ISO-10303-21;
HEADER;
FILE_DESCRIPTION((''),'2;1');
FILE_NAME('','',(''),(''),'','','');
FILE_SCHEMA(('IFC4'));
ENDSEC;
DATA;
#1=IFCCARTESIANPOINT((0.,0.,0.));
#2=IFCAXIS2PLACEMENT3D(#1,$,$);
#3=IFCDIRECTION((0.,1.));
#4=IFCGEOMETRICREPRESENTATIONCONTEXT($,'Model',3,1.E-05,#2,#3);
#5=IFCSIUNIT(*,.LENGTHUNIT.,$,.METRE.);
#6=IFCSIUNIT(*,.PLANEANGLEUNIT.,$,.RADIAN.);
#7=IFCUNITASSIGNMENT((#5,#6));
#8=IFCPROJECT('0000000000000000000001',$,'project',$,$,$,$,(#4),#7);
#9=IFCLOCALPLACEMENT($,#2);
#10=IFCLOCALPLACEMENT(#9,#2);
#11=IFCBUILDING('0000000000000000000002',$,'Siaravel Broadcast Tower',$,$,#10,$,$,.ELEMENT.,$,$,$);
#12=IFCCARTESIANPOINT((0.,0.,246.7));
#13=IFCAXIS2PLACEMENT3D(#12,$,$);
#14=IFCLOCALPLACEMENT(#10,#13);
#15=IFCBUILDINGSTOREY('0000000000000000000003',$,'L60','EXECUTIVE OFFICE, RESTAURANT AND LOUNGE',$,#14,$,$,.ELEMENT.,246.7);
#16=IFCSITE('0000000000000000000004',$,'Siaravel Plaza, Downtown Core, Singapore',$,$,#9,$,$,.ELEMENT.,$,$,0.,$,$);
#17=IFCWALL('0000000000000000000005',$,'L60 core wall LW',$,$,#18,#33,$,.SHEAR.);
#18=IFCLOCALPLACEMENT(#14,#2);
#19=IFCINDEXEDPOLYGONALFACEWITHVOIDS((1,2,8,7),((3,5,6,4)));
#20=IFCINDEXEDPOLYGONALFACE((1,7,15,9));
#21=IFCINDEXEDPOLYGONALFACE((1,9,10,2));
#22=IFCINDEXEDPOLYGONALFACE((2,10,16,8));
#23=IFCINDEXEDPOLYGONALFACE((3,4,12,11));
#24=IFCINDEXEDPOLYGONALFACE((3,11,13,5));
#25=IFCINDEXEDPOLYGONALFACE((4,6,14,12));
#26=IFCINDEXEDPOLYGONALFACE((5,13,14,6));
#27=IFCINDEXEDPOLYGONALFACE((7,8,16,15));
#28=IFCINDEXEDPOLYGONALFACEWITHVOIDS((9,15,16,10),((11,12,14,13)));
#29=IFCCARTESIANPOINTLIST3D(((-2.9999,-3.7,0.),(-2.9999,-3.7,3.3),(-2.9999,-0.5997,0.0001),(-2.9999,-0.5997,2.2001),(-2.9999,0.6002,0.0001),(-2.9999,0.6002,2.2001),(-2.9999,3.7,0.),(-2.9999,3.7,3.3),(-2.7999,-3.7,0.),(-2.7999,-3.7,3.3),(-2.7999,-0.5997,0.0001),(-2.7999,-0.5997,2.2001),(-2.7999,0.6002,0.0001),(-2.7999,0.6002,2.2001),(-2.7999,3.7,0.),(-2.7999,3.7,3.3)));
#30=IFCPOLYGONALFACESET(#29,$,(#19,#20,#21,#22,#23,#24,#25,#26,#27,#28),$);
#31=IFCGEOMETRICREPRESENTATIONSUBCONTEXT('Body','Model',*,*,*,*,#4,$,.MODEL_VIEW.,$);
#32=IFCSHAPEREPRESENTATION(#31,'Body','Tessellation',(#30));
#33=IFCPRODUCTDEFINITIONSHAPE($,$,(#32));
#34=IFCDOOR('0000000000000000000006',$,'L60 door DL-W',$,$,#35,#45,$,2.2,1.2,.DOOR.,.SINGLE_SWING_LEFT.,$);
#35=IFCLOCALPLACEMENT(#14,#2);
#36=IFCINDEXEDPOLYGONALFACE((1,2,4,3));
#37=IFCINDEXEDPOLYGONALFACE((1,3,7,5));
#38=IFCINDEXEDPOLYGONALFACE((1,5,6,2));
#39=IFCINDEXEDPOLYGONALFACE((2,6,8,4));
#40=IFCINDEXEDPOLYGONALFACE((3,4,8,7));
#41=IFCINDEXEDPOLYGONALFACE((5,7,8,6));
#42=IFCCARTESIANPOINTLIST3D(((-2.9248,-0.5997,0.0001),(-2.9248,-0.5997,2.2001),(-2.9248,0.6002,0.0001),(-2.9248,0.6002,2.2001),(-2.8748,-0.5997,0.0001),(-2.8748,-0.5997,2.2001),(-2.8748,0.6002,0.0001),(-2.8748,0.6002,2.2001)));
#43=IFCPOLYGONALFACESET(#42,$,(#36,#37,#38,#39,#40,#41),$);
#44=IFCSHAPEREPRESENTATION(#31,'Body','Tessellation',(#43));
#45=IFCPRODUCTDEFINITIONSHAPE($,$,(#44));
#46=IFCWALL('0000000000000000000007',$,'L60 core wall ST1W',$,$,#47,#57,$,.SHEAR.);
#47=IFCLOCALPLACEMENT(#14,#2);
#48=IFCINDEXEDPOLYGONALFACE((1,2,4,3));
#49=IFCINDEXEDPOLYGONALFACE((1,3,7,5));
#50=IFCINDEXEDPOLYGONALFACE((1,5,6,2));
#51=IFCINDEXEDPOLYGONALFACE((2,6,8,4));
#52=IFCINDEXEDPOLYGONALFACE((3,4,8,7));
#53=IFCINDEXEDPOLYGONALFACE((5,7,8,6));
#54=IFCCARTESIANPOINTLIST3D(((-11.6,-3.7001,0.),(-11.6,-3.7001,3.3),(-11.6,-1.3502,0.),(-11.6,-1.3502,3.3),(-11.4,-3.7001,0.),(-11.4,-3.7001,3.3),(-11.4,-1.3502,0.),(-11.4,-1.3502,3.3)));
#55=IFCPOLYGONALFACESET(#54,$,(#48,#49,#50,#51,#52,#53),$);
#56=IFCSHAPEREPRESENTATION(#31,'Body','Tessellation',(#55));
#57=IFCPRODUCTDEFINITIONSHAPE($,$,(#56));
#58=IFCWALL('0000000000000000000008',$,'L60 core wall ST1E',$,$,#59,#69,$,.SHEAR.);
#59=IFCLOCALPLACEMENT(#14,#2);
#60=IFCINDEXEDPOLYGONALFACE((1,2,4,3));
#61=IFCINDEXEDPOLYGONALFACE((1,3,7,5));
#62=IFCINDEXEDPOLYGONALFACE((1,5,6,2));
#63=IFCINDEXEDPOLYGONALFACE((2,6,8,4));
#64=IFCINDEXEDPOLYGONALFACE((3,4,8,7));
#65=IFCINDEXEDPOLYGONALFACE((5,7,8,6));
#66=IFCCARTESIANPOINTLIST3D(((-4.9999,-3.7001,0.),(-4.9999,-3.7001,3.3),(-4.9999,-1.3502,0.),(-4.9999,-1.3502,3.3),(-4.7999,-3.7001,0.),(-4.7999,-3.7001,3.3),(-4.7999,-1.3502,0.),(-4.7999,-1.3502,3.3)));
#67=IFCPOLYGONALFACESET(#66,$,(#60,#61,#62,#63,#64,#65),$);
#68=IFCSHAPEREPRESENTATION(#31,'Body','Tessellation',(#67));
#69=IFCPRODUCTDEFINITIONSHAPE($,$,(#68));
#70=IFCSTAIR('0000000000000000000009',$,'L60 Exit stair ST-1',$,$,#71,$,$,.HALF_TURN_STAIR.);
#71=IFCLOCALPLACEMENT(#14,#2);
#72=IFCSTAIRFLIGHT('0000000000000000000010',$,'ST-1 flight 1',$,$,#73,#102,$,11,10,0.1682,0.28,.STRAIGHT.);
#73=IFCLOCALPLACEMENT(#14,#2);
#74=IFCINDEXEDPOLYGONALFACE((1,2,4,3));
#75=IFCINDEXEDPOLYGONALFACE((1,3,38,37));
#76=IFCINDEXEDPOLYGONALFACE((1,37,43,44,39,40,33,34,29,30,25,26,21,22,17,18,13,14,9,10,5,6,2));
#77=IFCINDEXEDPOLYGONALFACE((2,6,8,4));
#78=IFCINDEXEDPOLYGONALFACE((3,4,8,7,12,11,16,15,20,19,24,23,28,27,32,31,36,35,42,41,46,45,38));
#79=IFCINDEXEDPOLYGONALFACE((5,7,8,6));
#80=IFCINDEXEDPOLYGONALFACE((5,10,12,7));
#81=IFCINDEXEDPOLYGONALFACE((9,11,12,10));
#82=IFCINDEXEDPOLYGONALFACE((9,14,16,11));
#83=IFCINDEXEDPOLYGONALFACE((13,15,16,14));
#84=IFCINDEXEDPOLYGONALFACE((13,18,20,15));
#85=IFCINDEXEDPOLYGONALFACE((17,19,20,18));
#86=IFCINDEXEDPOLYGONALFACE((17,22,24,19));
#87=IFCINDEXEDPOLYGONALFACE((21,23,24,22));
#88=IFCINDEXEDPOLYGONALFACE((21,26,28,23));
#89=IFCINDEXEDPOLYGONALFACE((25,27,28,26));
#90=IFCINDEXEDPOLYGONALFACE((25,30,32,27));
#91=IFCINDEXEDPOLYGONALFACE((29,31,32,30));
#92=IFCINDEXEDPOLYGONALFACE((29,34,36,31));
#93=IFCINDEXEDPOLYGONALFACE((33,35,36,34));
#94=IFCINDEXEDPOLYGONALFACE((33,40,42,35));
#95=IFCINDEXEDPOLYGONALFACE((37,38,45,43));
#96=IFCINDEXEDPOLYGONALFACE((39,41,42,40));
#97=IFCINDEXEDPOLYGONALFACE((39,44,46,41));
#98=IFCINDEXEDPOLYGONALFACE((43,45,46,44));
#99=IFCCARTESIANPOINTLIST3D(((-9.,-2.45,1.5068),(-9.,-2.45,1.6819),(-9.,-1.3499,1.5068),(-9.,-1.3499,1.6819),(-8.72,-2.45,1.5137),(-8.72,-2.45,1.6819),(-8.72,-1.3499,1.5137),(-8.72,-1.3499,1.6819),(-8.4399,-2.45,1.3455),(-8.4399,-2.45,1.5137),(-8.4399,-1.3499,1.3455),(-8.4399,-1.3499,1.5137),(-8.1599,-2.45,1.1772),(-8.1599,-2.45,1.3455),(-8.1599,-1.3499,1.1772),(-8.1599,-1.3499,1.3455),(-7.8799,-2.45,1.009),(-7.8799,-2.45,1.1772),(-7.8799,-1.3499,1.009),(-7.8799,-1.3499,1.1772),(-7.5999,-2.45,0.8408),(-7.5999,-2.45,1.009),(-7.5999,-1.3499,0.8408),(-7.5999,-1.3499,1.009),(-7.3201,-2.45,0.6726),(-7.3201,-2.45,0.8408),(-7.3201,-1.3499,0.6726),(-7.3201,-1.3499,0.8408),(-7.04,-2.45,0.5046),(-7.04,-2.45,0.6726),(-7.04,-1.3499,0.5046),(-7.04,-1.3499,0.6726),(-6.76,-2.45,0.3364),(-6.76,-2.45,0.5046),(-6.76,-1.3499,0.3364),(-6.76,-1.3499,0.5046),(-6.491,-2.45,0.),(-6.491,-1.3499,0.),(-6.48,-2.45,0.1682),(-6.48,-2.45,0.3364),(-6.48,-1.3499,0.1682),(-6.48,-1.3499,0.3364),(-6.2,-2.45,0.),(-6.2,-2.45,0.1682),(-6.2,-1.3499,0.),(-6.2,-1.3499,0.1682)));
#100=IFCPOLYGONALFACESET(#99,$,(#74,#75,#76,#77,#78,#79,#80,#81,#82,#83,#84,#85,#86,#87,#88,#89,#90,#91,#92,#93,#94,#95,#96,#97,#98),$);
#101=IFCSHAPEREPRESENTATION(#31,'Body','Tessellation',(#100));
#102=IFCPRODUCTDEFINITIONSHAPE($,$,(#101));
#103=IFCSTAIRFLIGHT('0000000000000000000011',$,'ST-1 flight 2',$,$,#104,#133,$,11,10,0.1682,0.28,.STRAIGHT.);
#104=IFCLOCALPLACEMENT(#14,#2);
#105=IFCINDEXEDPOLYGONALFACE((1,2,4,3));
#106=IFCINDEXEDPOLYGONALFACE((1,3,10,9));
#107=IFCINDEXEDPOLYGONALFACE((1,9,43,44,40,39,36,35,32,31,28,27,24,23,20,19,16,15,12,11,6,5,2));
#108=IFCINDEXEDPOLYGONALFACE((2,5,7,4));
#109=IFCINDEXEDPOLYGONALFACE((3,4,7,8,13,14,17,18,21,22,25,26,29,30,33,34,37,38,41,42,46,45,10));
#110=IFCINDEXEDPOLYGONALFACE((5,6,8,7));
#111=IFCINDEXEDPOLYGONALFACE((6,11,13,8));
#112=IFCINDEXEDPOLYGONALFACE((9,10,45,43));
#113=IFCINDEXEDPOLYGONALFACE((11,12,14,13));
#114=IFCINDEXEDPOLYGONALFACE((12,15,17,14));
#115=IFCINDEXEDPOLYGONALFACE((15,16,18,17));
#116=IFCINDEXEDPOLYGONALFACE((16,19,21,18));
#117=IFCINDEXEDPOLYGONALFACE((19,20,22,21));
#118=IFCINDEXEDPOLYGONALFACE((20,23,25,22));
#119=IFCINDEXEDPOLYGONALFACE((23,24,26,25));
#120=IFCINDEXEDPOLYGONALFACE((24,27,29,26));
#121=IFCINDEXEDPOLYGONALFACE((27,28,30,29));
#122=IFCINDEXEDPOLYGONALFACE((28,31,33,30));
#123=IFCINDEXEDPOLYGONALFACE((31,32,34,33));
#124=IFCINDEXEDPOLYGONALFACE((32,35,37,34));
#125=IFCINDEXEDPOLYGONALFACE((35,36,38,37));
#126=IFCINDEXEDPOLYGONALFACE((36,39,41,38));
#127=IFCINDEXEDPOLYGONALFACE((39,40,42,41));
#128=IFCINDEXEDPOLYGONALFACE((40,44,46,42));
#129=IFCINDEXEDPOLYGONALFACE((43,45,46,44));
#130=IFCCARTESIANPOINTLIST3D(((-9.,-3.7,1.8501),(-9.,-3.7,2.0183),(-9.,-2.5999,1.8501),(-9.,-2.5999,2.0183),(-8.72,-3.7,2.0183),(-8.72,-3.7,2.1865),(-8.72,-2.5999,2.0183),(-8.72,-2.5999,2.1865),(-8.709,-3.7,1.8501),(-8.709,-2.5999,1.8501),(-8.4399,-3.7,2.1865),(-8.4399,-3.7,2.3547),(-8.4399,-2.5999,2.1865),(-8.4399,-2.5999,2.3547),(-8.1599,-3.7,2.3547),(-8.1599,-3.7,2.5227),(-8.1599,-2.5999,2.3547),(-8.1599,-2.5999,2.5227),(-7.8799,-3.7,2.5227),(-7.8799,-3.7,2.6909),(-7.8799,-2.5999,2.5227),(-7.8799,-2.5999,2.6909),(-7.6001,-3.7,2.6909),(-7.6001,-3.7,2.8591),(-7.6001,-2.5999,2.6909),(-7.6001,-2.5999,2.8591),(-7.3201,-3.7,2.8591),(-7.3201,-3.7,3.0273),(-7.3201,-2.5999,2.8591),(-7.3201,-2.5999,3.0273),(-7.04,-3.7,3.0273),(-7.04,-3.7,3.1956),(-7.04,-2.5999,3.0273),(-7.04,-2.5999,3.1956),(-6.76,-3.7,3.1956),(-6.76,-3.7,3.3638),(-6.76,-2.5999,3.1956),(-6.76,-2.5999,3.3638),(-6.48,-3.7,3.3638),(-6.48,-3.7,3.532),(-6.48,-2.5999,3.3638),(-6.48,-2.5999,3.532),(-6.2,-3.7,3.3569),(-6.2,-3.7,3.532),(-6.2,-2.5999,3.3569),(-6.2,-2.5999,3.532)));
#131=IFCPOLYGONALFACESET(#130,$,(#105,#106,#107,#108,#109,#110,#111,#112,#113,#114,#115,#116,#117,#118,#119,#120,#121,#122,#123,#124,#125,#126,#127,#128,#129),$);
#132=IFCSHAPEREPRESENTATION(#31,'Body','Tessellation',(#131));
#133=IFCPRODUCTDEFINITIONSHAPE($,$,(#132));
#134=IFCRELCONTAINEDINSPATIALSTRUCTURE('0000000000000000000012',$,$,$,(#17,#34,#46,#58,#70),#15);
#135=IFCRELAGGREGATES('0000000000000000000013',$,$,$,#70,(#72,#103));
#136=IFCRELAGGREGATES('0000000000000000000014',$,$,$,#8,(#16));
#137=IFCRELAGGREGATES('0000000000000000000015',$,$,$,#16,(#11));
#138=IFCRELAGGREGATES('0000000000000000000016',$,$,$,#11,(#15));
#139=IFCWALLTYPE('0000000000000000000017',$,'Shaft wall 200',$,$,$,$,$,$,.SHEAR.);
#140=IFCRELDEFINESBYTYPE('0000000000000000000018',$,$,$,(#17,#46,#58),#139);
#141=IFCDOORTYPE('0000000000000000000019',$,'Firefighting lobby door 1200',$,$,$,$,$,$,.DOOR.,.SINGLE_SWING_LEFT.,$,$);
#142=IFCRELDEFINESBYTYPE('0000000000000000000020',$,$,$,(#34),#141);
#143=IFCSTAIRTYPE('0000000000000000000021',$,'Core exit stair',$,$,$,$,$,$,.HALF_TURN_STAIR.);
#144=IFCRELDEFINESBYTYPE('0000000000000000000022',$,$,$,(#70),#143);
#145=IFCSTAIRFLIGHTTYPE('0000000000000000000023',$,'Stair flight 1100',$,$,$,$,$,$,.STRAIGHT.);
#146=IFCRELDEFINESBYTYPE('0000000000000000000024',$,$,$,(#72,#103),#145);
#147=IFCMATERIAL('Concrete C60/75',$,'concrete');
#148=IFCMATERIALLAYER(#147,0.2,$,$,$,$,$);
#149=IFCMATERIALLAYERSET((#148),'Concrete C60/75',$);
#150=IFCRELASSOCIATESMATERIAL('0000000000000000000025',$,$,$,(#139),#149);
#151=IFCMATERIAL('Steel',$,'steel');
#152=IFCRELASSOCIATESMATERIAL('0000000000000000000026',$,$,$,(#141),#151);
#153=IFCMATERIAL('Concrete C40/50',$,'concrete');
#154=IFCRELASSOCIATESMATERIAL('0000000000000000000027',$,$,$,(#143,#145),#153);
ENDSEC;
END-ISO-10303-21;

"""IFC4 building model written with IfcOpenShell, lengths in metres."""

from ifc_helpers import new_model, si_unit, direction, frame, frame_2d, origin, place, context, subcontext, project, spatial, polyline, rectangle, outline, extrude, material, layer, layer_set, type_object, element, fill, aggregate, save


model = new_model("IFC4")

# Units and contexts
model_context = context("Model", 3, precision=1e-05, world=origin(), true_north=direction((0.0, 1.0)))
body_context = subcontext(model_context, "Body", "Model", "MODEL_VIEW")
ifc_project = project(units=[si_unit("LENGTHUNIT", "METRE"), si_unit("PLANEANGLEUNIT", "RADIAN")], contexts=[model_context])

# Site, building, storey
site_placement = place(None, origin())
site = spatial("IfcSite", under=ifc_project, at=site_placement, Name="Siaravel Plaza, Downtown Core, Singapore", CompositionType="ELEMENT", RefElevation=0.0)
building_placement = place(site_placement, origin())
building = spatial("IfcBuilding", under=site, at=building_placement, Name="Siaravel Broadcast Tower", CompositionType="ELEMENT")
storey_placement = place(building_placement, frame((0.0, 0.0, 246.7)))
storey = spatial("IfcBuildingStorey", under=building, at=storey_placement, Name="L60", Description="EXECUTIVE OFFICE, RESTAURANT AND LOUNGE", CompositionType="ELEMENT", Elevation=246.7)

# Shared definitions
ifc_material_1 = material(Name="Concrete C60/75", Category="concrete")
ifc_material_2 = material(Name="Steel", Category="steel")

# Shared definitions
ifc_layer_1 = layer(ifc_material_1, 0.2)
ifc_layer_set_1 = layer_set([ifc_layer_1], Name="Concrete C60/75")
wall_type_1 = type_object("IfcWallType", Name="Shaft wall 200", PredefinedType="SHEAR", material=ifc_layer_set_1)

# Wall, opening, door
wall_1_placement = place(storey_placement, frame((-2.8999, -3.7, 0.0), z_axis=(0.0, 0.0, 1.0), x_axis=(0.0, 1.0, 0.0)))
wall_1 = element("IfcWall", 1, at=wall_1_placement, inside=storey, type_object=wall_type_1, Name="L60 core wall LW", PredefinedType="SHEAR", context=body_context, shape_type="SweptSolid", body=[
    extrude(rectangle(XDim=7.3999, YDim=0.2, at=frame_2d((3.7, 0.0))), origin(), (0.0, 0.0, 1.0), 3.3),
])
opening_1_placement = place(wall_1_placement, frame((3.1001, 0.0, 0.0)))
opening_1 = element("IfcOpeningElement", 2, at=opening_1_placement, cuts=wall_1, PredefinedType="OPENING", context=body_context, shape_type="SweptSolid", body=[
    extrude(rectangle(XDim=1.2, YDim=2.2, at=frame_2d((0.6001, 1.1001))), frame((0.0, 0.1099, 0.0), z_axis=(0.0, -1.0, 0.0), x_axis=(1.0, 0.0, 0.0)), (0.0, 0.0, 1.0), 0.22),
])
door_type_1 = type_object("IfcDoorType", Name="Firefighting lobby door 1200", OperationType="SINGLE_SWING_LEFT", PredefinedType="DOOR", material=ifc_material_2)
door_1_placement = place(opening_1_placement, origin())
door_1 = element("IfcDoor", 3, at=door_1_placement, inside=storey, type_object=door_type_1, Name="L60 door DL-W", OperationType="SINGLE_SWING_LEFT", OverallHeight=2.2, OverallWidth=1.2, PredefinedType="DOOR", context=body_context, shape_type="SweptSolid", body=[
    extrude(rectangle(XDim=1.2, YDim=2.2, at=frame_2d((0.6001, 1.1001))), frame((0.0, 0.0249, 0.0), z_axis=(0.0, -1.0, 0.0), x_axis=(1.0, 0.0, 0.0)), (0.0, 0.0, 1.0), 0.05),
])
fill(opening_1, door_1)

# Walls
for number, where, z_axis, x_axis, name in (
    (4, (-11.5, -3.7, 0.0), (0.0, 0.0, 1.0), (0.0, 1.0, 0.0), "L60 core wall ST1W"),
    (5, (-4.8999, -3.7, 0.0), (0.0, 0.0, 1.0), (0.0, 1.0, 0.0), "L60 core wall ST1E"),
):
    element("IfcWall", number, at=place(storey_placement, frame(where, z_axis=z_axis, x_axis=x_axis)), inside=storey, type_object=wall_type_1, Name=name, PredefinedType="SHEAR", context=body_context, shape_type="SweptSolid", body=[
        extrude(rectangle(XDim=2.3499, YDim=0.2, at=frame_2d((1.1748, 0.0))), origin(), (0.0, 0.0, 1.0), 3.3),
    ])

# Stair, stair flights
ifc_material_3 = material(Name="Concrete C40/50", Category="concrete")
stair_type = type_object("IfcStairType", Name="Core exit stair", PredefinedType="HALF_TURN_STAIR", material=ifc_material_3)
stair_placement = place(storey_placement, origin())
stair = element("IfcStair", 6, at=stair_placement, inside=storey, type_object=stair_type, Name="L60 Exit stair ST-1", PredefinedType="HALF_TURN_STAIR")
stair_flight_type = type_object("IfcStairFlightType", Name="Stair flight 1100", PredefinedType="STRAIGHT", material=ifc_material_3)
stair_flight_1_placement = place(storey_placement, frame((-6.2, -1.8999, 0.0), z_axis=(0.0, 0.0, 1.0), x_axis=(-1.0, 0.0, 0.0)))
stair_flight_1 = element("IfcStairFlight", 7, at=stair_flight_1_placement, type_object=stair_flight_type, Name="ST-1 flight 1", NumberOfRisers=11, NumberOfTreads=10, PredefinedType="STRAIGHT", RiserHeight=0.1682, TreadLength=0.28, context=body_context, shape_type="SweptSolid", body=[
    extrude(outline(polyline([(0.0, 0.0), (0.0, 0.1682), (0.28, 0.1682), (0.28, 0.3364), (0.5601, 0.3364), (0.5601, 0.5046), (0.8401, 0.5046), (0.8401, 0.6726), (1.1201, 0.6726), (1.1201, 0.8408), (1.3999, 0.8408), (1.3999, 1.009), (1.6799, 1.009), (1.6799, 1.1772), (1.96, 1.1772), (1.96, 1.3455), (2.24, 1.3455), (2.24, 1.5137), (2.52, 1.5137), (2.52, 1.6819), (2.8, 1.6819), (2.8, 1.8501), (2.8, 1.5068), (0.291, 0.0), (0.0, 0.0)])), frame((0.0, 0.55, 0.0), z_axis=(0.0, -1.0, 0.0), x_axis=(1.0, 0.0, 0.0)), (0.0, 0.0, 1.0), 1.1001),
])
stair_flight_2_placement = place(storey_placement, frame((-9.0, -3.1499, 1.8501), z_axis=(0.0, 0.0, 1.0), x_axis=(1.0, 0.0, 0.0)))
stair_flight_2 = element("IfcStairFlight", 8, at=stair_flight_2_placement, type_object=stair_flight_type, Name="ST-1 flight 2", NumberOfRisers=11, NumberOfTreads=10, PredefinedType="STRAIGHT", RiserHeight=0.1682, TreadLength=0.28, context=body_context, shape_type="SweptSolid", body=[
    extrude(outline(polyline([(0.0, 0.0), (0.0, 0.1682), (0.28, 0.1682), (0.28, 0.3364), (0.5601, 0.3364), (0.5601, 0.5046), (0.8401, 0.5046), (0.8401, 0.6726), (1.1201, 0.6726), (1.1201, 0.8408), (1.3999, 0.8408), (1.3999, 1.009), (1.6799, 1.009), (1.6799, 1.1772), (1.96, 1.1772), (1.96, 1.3455), (2.24, 1.3455), (2.24, 1.5137), (2.52, 1.5137), (2.52, 1.6819), (2.8, 1.6819), (2.8, 1.8501), (2.8, 1.5068), (0.291, 0.0), (0.0, 0.0)])), frame((0.0, 0.55, 0.0), z_axis=(0.0, -1.0, 0.0), x_axis=(1.0, 0.0, 0.0)), (0.0, 0.0, 1.0), 1.1001),
])
aggregate(stair, [stair_flight_1, stair_flight_2])

save(model, "model.ifc")
